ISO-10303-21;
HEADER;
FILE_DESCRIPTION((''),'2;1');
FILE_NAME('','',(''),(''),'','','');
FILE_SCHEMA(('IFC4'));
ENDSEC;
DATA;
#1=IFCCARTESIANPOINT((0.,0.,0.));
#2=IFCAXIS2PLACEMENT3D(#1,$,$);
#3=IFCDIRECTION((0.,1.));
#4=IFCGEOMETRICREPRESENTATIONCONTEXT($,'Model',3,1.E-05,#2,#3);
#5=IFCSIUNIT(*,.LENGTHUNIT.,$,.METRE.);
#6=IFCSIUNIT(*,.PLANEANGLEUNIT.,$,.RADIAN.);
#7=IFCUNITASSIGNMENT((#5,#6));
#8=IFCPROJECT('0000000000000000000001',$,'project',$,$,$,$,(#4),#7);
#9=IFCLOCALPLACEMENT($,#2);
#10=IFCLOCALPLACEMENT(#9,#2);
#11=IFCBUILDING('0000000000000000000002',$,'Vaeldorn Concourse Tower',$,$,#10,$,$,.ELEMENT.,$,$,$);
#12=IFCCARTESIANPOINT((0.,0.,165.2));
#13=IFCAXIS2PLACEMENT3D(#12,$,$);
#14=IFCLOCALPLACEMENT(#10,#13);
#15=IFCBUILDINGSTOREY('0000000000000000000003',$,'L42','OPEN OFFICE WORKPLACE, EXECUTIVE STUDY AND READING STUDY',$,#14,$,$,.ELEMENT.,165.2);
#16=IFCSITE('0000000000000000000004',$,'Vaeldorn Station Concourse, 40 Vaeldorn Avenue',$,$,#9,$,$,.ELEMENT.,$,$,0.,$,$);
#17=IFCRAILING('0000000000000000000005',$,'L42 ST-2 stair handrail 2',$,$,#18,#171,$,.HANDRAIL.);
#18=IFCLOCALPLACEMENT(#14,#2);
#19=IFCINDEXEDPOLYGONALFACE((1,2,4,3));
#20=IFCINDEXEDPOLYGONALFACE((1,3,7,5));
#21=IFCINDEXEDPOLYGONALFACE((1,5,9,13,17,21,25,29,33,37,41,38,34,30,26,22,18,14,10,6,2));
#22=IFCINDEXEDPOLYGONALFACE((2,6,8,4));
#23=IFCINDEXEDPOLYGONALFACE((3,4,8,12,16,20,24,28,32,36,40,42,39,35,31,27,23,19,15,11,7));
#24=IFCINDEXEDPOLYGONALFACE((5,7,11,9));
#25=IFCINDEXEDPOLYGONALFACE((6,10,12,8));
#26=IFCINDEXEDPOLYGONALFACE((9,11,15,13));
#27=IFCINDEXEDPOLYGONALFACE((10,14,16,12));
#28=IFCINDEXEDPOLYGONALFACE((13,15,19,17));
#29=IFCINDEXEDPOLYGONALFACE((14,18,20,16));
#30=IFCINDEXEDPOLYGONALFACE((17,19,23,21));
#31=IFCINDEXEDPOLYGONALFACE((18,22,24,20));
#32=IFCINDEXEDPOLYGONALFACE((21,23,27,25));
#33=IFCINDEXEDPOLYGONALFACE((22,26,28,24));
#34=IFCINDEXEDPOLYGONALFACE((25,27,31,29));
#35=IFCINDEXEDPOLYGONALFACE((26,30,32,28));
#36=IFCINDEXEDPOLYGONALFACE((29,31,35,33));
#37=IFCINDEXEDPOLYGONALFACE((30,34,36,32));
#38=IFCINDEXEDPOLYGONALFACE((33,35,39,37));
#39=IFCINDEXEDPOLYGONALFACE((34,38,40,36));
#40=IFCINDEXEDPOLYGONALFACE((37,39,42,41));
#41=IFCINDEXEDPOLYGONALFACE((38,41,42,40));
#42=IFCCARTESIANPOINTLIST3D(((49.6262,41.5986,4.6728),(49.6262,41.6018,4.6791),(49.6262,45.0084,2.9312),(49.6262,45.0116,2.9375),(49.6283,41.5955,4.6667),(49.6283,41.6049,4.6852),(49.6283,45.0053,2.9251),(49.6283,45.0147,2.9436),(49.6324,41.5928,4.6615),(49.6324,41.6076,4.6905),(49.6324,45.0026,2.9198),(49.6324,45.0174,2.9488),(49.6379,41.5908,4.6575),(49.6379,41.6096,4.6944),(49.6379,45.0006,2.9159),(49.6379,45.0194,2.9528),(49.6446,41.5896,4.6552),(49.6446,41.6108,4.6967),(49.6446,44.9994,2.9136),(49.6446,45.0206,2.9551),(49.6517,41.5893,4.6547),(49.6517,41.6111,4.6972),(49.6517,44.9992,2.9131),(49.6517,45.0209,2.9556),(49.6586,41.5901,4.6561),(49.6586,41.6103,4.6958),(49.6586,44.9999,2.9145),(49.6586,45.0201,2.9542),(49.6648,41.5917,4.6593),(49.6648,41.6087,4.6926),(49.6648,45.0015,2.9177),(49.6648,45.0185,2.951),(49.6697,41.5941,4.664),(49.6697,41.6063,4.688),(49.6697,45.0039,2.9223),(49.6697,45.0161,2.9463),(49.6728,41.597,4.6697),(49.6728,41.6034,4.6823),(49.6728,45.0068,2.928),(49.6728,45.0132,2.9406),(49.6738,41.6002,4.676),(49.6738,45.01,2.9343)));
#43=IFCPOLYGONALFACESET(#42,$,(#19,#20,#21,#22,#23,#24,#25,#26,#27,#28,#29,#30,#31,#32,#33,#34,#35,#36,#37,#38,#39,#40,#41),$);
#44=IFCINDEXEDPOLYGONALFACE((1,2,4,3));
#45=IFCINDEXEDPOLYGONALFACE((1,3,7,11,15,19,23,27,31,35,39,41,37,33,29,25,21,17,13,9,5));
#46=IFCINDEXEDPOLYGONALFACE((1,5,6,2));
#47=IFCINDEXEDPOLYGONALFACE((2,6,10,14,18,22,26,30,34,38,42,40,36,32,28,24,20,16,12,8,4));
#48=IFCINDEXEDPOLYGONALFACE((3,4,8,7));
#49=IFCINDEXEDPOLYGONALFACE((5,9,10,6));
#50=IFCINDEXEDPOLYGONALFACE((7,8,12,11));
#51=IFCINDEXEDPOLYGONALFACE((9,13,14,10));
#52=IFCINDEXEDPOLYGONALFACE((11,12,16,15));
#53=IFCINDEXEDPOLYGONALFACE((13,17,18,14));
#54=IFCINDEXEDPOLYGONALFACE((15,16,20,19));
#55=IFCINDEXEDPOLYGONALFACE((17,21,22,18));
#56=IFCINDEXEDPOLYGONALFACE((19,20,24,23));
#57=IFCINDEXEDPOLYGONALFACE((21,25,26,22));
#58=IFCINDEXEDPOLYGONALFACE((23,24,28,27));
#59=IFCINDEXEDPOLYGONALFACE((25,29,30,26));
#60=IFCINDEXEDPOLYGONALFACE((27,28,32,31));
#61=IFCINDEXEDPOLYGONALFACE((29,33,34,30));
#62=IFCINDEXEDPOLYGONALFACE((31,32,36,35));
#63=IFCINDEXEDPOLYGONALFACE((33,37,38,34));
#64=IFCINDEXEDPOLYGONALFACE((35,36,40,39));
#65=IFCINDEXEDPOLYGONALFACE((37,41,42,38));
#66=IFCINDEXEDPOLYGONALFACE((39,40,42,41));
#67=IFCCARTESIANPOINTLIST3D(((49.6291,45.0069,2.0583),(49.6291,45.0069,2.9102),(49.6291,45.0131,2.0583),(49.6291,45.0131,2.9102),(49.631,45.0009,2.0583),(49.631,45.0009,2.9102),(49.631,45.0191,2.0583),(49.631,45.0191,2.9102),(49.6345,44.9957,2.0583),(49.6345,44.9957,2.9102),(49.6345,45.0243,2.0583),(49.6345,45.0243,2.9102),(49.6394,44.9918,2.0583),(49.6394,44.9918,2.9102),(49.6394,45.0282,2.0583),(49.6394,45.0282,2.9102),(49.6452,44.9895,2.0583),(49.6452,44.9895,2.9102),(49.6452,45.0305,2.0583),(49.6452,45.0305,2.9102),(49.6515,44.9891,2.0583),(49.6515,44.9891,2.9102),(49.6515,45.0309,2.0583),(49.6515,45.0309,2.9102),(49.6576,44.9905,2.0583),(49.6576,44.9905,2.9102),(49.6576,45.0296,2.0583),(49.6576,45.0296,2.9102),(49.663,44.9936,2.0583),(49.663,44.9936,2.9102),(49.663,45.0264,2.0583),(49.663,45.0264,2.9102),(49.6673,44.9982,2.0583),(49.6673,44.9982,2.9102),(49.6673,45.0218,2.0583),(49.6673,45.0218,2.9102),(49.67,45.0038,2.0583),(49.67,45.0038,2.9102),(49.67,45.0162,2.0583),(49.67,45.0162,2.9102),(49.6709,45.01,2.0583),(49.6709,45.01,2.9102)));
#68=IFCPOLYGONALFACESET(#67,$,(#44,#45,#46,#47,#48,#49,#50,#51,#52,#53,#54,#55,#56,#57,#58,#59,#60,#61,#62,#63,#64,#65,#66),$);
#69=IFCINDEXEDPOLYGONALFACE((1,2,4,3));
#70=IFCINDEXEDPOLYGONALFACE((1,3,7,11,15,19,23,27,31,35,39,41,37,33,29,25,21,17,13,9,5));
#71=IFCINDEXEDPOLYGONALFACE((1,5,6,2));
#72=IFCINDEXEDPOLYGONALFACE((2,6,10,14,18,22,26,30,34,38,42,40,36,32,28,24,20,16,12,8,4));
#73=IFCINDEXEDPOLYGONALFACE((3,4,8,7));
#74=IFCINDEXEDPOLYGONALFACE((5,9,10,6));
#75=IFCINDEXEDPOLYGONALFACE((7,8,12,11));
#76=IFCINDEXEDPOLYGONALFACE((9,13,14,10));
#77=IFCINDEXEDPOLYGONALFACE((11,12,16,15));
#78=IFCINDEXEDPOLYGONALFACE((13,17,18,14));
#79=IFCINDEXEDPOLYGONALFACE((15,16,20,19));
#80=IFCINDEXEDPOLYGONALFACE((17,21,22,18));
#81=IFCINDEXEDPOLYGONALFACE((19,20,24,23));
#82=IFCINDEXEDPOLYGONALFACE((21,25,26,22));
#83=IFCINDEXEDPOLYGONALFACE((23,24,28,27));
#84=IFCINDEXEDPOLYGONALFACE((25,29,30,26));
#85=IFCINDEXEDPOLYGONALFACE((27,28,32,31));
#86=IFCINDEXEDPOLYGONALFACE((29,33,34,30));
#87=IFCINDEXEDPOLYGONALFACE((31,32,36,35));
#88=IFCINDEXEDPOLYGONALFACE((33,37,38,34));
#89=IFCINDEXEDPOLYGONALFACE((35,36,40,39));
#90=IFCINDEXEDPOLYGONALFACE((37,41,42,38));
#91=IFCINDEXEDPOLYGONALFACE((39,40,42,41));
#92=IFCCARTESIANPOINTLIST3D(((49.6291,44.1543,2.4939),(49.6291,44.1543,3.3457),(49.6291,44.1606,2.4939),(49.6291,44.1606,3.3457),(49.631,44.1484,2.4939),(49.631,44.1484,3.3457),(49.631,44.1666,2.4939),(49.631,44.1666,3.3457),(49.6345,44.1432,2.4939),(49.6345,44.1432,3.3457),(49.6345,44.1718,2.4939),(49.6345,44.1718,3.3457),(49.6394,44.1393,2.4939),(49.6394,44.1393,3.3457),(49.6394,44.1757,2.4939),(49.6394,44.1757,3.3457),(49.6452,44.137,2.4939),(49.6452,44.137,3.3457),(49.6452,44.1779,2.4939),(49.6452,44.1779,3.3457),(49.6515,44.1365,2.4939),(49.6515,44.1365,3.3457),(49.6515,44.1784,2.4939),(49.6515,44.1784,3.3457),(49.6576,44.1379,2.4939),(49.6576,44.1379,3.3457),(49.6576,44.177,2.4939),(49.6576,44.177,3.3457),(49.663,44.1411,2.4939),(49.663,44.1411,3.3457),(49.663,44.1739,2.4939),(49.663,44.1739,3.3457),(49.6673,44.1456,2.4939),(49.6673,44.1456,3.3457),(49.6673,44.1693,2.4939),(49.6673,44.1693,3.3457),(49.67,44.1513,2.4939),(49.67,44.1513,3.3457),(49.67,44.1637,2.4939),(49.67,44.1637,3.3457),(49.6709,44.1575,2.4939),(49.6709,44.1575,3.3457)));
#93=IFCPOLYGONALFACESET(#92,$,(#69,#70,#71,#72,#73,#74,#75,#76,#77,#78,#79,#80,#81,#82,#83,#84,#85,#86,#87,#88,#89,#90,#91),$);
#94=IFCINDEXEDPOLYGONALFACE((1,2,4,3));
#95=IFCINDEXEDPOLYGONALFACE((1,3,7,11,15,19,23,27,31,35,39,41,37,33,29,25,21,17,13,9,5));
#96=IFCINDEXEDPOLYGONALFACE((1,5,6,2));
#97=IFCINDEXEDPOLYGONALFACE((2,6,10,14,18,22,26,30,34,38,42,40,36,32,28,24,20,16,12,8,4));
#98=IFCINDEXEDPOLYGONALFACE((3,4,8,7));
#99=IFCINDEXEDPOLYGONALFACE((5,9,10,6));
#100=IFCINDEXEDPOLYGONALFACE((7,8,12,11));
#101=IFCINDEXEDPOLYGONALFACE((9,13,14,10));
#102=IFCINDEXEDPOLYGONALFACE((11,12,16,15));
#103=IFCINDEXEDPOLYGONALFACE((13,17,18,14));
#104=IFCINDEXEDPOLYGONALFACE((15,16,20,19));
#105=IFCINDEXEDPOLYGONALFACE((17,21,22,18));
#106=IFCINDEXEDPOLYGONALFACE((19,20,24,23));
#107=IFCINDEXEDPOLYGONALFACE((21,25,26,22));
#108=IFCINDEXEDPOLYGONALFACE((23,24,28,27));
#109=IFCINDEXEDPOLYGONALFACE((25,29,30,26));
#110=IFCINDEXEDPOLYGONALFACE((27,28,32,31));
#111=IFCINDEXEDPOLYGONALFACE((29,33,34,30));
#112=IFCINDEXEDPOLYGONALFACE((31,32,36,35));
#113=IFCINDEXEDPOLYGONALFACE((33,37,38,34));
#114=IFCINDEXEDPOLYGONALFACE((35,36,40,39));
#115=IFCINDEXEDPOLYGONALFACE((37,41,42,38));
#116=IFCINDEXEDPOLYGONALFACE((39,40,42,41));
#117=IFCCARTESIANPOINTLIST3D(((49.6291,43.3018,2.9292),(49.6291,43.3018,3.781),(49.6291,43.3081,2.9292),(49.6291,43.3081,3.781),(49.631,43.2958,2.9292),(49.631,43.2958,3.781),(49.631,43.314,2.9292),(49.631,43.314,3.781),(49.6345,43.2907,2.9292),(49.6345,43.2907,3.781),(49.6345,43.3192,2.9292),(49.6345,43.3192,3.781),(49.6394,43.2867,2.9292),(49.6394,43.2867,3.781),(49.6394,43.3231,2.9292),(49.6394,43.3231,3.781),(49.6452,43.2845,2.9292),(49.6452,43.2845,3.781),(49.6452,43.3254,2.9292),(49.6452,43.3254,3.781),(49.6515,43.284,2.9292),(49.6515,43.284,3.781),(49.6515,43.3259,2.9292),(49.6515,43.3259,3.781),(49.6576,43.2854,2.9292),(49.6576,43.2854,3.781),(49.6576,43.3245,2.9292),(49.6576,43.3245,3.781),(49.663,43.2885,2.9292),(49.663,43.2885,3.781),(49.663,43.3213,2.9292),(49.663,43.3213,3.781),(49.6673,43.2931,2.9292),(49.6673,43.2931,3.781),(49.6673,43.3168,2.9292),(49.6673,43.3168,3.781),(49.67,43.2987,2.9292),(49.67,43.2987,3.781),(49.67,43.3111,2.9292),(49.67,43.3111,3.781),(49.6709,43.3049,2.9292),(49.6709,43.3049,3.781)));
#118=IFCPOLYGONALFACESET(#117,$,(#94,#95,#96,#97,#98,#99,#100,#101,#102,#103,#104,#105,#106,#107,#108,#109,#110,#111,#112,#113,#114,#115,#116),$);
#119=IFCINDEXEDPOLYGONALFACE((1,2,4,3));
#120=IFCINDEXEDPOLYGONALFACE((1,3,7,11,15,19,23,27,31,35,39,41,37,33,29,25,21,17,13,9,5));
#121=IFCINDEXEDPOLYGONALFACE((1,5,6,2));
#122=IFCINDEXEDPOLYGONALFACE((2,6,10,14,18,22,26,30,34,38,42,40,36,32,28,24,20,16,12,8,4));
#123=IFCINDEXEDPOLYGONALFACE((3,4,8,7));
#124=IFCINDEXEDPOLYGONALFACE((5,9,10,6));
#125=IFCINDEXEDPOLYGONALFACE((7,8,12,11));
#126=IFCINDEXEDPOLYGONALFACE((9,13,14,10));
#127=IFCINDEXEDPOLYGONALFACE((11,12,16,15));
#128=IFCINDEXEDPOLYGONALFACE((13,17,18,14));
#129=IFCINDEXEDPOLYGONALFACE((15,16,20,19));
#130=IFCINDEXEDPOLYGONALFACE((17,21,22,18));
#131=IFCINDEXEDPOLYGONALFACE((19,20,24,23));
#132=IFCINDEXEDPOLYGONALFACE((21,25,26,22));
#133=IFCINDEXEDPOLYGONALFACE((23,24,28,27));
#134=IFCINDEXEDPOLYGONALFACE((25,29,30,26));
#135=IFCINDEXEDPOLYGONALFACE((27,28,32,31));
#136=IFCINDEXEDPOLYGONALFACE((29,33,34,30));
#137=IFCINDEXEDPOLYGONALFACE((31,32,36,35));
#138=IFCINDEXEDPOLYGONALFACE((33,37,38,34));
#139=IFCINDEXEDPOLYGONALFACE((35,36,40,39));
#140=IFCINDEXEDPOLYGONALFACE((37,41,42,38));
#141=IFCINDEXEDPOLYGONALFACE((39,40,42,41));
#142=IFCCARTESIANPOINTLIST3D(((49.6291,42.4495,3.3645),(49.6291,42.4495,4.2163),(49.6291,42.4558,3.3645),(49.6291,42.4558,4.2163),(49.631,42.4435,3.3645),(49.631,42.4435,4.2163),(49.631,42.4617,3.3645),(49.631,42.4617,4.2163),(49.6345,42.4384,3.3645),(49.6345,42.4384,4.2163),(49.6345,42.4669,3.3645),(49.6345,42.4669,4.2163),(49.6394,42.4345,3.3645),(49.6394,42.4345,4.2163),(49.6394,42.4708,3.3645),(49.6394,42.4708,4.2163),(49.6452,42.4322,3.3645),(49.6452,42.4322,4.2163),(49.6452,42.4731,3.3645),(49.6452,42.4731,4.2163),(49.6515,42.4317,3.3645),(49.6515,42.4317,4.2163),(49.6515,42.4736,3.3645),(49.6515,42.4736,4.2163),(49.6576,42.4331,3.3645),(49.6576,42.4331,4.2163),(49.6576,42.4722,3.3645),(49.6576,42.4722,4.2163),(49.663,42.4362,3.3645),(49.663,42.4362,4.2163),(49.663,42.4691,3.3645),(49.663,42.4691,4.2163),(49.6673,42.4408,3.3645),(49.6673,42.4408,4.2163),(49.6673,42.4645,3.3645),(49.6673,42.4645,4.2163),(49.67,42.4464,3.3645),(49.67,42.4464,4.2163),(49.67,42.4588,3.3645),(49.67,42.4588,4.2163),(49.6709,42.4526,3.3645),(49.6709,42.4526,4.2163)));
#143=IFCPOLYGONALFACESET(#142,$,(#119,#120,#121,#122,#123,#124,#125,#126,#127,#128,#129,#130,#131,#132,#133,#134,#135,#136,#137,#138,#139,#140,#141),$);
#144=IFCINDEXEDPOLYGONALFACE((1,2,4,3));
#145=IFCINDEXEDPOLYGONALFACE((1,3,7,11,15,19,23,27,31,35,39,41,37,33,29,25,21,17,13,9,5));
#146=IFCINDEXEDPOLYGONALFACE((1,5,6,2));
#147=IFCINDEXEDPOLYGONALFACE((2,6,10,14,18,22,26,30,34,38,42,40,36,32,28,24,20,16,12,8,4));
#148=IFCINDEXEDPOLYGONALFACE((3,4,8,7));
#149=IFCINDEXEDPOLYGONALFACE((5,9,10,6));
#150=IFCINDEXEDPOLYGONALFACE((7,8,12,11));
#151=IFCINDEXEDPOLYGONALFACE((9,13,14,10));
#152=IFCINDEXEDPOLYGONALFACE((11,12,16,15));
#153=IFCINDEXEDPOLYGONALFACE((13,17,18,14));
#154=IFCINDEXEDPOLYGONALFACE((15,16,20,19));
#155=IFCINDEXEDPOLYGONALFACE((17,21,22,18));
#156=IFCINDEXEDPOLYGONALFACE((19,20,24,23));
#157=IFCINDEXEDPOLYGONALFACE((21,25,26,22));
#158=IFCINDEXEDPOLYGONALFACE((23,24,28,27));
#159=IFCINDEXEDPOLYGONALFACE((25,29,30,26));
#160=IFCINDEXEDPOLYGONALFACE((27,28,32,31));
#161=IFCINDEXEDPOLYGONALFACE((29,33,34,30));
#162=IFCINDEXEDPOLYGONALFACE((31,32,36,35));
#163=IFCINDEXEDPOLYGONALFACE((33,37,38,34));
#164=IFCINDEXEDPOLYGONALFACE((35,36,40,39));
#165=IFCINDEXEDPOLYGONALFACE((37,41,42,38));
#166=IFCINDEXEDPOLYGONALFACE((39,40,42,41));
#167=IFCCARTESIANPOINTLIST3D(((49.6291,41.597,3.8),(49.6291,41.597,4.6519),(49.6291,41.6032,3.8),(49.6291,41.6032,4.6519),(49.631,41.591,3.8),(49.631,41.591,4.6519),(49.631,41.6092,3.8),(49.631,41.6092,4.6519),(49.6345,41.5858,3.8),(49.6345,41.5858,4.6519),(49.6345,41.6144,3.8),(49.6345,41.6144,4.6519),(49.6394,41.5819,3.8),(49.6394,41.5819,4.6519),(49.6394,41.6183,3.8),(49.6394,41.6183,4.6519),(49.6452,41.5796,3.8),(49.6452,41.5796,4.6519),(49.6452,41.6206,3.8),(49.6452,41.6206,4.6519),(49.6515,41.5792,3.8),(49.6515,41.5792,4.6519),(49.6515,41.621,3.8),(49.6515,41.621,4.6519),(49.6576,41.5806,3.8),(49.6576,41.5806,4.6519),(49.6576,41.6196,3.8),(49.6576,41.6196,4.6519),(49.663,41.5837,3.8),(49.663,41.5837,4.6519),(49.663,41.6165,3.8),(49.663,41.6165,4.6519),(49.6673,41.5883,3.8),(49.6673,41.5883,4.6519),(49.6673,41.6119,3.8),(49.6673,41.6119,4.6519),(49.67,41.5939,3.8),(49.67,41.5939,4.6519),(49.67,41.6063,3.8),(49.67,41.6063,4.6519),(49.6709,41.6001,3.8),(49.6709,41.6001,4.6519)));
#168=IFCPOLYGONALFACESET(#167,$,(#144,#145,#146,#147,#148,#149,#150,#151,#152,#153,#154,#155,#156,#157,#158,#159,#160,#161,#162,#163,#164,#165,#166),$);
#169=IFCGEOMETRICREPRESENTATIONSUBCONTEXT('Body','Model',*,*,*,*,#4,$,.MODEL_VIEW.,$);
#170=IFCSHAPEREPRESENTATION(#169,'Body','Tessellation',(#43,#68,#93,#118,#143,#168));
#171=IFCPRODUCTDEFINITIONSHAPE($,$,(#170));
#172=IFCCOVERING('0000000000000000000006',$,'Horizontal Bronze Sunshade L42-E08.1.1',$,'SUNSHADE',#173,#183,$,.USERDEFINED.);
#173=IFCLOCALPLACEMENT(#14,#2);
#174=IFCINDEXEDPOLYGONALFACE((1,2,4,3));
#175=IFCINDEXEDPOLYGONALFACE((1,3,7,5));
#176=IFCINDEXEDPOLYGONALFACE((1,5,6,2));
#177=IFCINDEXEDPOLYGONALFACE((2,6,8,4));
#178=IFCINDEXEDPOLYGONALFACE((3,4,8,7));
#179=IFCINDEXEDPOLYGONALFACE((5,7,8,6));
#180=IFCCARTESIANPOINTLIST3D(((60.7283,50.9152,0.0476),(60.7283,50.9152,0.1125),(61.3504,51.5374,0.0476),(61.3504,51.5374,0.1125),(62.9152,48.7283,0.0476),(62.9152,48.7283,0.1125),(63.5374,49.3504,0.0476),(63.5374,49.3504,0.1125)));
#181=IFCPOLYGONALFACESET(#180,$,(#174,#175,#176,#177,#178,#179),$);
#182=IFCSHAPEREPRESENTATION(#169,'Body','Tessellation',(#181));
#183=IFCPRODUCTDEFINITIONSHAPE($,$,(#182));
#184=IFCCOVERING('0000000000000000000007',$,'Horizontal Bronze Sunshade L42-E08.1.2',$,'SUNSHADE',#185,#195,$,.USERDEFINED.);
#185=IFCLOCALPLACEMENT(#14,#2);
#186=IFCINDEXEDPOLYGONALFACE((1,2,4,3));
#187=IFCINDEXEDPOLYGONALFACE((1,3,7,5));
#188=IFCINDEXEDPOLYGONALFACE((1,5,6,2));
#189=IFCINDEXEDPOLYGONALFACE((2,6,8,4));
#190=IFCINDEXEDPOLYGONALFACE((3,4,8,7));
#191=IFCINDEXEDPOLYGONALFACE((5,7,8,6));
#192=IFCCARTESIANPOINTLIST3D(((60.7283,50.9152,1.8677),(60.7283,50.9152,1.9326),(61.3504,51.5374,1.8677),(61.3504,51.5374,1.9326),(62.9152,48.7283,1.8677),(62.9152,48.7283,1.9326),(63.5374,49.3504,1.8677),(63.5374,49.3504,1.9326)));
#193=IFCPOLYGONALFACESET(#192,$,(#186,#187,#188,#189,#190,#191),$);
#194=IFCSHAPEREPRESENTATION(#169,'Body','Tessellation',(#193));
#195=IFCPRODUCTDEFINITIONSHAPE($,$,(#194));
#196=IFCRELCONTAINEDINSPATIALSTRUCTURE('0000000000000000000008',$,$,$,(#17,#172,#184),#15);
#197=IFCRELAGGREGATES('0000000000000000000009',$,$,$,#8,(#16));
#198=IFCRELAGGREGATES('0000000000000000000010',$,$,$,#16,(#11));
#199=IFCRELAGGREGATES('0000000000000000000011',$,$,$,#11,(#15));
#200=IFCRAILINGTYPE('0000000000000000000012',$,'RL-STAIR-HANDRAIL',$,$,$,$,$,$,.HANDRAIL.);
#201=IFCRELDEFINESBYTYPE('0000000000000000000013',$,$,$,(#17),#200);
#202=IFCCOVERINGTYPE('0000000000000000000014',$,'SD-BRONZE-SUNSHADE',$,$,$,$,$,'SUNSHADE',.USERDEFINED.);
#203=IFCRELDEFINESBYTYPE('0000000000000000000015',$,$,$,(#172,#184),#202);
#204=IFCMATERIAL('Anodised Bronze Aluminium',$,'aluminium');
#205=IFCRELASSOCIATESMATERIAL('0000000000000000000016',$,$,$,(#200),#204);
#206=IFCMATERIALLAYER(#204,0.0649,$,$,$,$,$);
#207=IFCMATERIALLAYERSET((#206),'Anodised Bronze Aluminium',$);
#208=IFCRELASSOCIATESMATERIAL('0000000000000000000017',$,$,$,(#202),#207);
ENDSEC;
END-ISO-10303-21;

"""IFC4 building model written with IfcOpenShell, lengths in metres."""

from ifc_helpers import new_model, si_unit, direction, frame, origin, origin_2d, place, context, subcontext, project, spatial, rectangle, circle, extrude, source, transform, mapped, material, layer, layer_set, type_object, element, save


model = new_model("IFC4")

# Units and contexts
model_context = context("Model", 3, precision=1e-05, world=origin(), true_north=direction((0.0, 1.0)))
body_context = subcontext(model_context, "Body", "Model", "MODEL_VIEW")
ifc_project = project(units=[si_unit("LENGTHUNIT", "METRE"), si_unit("PLANEANGLEUNIT", "RADIAN")], contexts=[model_context])

# Site, building, storey
site_placement = place(None, origin())
site = spatial("IfcSite", under=ifc_project, at=site_placement, Name="Vaeldorn Station Concourse, 40 Vaeldorn Avenue", CompositionType="ELEMENT", RefElevation=0.0)
building_placement = place(site_placement, origin())
building = spatial("IfcBuilding", under=site, at=building_placement, Name="Vaeldorn Concourse Tower", CompositionType="ELEMENT")
storey_placement = place(building_placement, frame((0.0, 0.0, 165.2)))
storey = spatial("IfcBuildingStorey", under=building, at=storey_placement, Name="L42", Description="OPEN OFFICE WORKPLACE, EXECUTIVE STUDY AND READING STUDY", CompositionType="ELEMENT", Elevation=165.2)

# Shared definitions
ifc_material_1 = material(Name="Anodised Bronze Aluminium", Category="aluminium")

# Railing
railing_type_1 = type_object("IfcRailingType", Name="RL-STAIR-HANDRAIL", PredefinedType="HANDRAIL", material=ifc_material_1)
railing_1_placement = place(storey_placement, frame((49.6499, 45.01, 2.0583)))
element("IfcRailing", 1, at=railing_1_placement, inside=storey, type_object=railing_type_1, Name="L42 ST-2 stair handrail 2", PredefinedType="HANDRAIL", context=body_context, shape_type="SweptSolid", body=[
    extrude(circle(Radius=0.0239, at=origin_2d()), frame((0.0, 0.0, 0.876), z_axis=(0.0, -0.890556, 0.454874), x_axis=(1.0, 0.0, 0.0)), (0.0, 0.0, 1.0), 3.8289),
    extrude(circle(Radius=0.021, at=origin_2d()), origin(), (0.0, 0.0, 1.0), 0.8518),
    extrude(circle(Radius=0.021, at=origin_2d()), frame((0.0, -0.8525, 0.4355)), (0.0, 0.0, 1.0), 0.8518),
    extrude(circle(Radius=0.021, at=origin_2d()), frame((0.0, -1.7051, 0.8708)), (0.0, 0.0, 1.0), 0.8518),
    extrude(circle(Radius=0.021, at=origin_2d()), frame((0.0, -2.5574, 1.3062)), (0.0, 0.0, 1.0), 0.8518),
    extrude(circle(Radius=0.021, at=origin_2d()), frame((0.0, -3.4099, 1.7417)), (0.0, 0.0, 1.0), 0.8518),
])

# Coverings
ifc_layer_1 = layer(ifc_material_1, 0.0649)
ifc_layer_set_1 = layer_set([ifc_layer_1], Name="Anodised Bronze Aluminium")
covering_type = type_object("IfcCoveringType", Name="SD-BRONZE-SUNSHADE", ElementType="SUNSHADE", PredefinedType="USERDEFINED", material=ifc_layer_set_1)
shared_shape_1 = source(origin(), body_context, "Body", "SweptSolid", [
    extrude(rectangle(XDim=3.0928, YDim=0.8799, at=origin_2d()), origin(), (0.0, 0.0, 1.0), 0.0649),
])
for number, where, z_axis, x_axis, name in (
    (2, (62.1328, 50.1328, 0.0476), (0.0, 0.0, 1.0), (-0.707107, 0.707107, 0.0), "Horizontal Bronze Sunshade L42-E08.1.1"),
    (3, (62.1328, 50.1328, 1.8677), (0.0, 0.0, 1.0), (-0.707107, 0.707107, 0.0), "Horizontal Bronze Sunshade L42-E08.1.2"),
):
    element("IfcCovering", number, at=place(storey_placement, frame(where, z_axis=z_axis, x_axis=x_axis)), inside=storey, type_object=covering_type, Name=name, ObjectType="SUNSHADE", PredefinedType="USERDEFINED", context=body_context, shape_type="MappedRepresentation", body=[
        mapped(shared_shape_1, transform((0.0, 0.0, 0.0), scale=1.0)),
    ])

save(model, "model.ifc")
